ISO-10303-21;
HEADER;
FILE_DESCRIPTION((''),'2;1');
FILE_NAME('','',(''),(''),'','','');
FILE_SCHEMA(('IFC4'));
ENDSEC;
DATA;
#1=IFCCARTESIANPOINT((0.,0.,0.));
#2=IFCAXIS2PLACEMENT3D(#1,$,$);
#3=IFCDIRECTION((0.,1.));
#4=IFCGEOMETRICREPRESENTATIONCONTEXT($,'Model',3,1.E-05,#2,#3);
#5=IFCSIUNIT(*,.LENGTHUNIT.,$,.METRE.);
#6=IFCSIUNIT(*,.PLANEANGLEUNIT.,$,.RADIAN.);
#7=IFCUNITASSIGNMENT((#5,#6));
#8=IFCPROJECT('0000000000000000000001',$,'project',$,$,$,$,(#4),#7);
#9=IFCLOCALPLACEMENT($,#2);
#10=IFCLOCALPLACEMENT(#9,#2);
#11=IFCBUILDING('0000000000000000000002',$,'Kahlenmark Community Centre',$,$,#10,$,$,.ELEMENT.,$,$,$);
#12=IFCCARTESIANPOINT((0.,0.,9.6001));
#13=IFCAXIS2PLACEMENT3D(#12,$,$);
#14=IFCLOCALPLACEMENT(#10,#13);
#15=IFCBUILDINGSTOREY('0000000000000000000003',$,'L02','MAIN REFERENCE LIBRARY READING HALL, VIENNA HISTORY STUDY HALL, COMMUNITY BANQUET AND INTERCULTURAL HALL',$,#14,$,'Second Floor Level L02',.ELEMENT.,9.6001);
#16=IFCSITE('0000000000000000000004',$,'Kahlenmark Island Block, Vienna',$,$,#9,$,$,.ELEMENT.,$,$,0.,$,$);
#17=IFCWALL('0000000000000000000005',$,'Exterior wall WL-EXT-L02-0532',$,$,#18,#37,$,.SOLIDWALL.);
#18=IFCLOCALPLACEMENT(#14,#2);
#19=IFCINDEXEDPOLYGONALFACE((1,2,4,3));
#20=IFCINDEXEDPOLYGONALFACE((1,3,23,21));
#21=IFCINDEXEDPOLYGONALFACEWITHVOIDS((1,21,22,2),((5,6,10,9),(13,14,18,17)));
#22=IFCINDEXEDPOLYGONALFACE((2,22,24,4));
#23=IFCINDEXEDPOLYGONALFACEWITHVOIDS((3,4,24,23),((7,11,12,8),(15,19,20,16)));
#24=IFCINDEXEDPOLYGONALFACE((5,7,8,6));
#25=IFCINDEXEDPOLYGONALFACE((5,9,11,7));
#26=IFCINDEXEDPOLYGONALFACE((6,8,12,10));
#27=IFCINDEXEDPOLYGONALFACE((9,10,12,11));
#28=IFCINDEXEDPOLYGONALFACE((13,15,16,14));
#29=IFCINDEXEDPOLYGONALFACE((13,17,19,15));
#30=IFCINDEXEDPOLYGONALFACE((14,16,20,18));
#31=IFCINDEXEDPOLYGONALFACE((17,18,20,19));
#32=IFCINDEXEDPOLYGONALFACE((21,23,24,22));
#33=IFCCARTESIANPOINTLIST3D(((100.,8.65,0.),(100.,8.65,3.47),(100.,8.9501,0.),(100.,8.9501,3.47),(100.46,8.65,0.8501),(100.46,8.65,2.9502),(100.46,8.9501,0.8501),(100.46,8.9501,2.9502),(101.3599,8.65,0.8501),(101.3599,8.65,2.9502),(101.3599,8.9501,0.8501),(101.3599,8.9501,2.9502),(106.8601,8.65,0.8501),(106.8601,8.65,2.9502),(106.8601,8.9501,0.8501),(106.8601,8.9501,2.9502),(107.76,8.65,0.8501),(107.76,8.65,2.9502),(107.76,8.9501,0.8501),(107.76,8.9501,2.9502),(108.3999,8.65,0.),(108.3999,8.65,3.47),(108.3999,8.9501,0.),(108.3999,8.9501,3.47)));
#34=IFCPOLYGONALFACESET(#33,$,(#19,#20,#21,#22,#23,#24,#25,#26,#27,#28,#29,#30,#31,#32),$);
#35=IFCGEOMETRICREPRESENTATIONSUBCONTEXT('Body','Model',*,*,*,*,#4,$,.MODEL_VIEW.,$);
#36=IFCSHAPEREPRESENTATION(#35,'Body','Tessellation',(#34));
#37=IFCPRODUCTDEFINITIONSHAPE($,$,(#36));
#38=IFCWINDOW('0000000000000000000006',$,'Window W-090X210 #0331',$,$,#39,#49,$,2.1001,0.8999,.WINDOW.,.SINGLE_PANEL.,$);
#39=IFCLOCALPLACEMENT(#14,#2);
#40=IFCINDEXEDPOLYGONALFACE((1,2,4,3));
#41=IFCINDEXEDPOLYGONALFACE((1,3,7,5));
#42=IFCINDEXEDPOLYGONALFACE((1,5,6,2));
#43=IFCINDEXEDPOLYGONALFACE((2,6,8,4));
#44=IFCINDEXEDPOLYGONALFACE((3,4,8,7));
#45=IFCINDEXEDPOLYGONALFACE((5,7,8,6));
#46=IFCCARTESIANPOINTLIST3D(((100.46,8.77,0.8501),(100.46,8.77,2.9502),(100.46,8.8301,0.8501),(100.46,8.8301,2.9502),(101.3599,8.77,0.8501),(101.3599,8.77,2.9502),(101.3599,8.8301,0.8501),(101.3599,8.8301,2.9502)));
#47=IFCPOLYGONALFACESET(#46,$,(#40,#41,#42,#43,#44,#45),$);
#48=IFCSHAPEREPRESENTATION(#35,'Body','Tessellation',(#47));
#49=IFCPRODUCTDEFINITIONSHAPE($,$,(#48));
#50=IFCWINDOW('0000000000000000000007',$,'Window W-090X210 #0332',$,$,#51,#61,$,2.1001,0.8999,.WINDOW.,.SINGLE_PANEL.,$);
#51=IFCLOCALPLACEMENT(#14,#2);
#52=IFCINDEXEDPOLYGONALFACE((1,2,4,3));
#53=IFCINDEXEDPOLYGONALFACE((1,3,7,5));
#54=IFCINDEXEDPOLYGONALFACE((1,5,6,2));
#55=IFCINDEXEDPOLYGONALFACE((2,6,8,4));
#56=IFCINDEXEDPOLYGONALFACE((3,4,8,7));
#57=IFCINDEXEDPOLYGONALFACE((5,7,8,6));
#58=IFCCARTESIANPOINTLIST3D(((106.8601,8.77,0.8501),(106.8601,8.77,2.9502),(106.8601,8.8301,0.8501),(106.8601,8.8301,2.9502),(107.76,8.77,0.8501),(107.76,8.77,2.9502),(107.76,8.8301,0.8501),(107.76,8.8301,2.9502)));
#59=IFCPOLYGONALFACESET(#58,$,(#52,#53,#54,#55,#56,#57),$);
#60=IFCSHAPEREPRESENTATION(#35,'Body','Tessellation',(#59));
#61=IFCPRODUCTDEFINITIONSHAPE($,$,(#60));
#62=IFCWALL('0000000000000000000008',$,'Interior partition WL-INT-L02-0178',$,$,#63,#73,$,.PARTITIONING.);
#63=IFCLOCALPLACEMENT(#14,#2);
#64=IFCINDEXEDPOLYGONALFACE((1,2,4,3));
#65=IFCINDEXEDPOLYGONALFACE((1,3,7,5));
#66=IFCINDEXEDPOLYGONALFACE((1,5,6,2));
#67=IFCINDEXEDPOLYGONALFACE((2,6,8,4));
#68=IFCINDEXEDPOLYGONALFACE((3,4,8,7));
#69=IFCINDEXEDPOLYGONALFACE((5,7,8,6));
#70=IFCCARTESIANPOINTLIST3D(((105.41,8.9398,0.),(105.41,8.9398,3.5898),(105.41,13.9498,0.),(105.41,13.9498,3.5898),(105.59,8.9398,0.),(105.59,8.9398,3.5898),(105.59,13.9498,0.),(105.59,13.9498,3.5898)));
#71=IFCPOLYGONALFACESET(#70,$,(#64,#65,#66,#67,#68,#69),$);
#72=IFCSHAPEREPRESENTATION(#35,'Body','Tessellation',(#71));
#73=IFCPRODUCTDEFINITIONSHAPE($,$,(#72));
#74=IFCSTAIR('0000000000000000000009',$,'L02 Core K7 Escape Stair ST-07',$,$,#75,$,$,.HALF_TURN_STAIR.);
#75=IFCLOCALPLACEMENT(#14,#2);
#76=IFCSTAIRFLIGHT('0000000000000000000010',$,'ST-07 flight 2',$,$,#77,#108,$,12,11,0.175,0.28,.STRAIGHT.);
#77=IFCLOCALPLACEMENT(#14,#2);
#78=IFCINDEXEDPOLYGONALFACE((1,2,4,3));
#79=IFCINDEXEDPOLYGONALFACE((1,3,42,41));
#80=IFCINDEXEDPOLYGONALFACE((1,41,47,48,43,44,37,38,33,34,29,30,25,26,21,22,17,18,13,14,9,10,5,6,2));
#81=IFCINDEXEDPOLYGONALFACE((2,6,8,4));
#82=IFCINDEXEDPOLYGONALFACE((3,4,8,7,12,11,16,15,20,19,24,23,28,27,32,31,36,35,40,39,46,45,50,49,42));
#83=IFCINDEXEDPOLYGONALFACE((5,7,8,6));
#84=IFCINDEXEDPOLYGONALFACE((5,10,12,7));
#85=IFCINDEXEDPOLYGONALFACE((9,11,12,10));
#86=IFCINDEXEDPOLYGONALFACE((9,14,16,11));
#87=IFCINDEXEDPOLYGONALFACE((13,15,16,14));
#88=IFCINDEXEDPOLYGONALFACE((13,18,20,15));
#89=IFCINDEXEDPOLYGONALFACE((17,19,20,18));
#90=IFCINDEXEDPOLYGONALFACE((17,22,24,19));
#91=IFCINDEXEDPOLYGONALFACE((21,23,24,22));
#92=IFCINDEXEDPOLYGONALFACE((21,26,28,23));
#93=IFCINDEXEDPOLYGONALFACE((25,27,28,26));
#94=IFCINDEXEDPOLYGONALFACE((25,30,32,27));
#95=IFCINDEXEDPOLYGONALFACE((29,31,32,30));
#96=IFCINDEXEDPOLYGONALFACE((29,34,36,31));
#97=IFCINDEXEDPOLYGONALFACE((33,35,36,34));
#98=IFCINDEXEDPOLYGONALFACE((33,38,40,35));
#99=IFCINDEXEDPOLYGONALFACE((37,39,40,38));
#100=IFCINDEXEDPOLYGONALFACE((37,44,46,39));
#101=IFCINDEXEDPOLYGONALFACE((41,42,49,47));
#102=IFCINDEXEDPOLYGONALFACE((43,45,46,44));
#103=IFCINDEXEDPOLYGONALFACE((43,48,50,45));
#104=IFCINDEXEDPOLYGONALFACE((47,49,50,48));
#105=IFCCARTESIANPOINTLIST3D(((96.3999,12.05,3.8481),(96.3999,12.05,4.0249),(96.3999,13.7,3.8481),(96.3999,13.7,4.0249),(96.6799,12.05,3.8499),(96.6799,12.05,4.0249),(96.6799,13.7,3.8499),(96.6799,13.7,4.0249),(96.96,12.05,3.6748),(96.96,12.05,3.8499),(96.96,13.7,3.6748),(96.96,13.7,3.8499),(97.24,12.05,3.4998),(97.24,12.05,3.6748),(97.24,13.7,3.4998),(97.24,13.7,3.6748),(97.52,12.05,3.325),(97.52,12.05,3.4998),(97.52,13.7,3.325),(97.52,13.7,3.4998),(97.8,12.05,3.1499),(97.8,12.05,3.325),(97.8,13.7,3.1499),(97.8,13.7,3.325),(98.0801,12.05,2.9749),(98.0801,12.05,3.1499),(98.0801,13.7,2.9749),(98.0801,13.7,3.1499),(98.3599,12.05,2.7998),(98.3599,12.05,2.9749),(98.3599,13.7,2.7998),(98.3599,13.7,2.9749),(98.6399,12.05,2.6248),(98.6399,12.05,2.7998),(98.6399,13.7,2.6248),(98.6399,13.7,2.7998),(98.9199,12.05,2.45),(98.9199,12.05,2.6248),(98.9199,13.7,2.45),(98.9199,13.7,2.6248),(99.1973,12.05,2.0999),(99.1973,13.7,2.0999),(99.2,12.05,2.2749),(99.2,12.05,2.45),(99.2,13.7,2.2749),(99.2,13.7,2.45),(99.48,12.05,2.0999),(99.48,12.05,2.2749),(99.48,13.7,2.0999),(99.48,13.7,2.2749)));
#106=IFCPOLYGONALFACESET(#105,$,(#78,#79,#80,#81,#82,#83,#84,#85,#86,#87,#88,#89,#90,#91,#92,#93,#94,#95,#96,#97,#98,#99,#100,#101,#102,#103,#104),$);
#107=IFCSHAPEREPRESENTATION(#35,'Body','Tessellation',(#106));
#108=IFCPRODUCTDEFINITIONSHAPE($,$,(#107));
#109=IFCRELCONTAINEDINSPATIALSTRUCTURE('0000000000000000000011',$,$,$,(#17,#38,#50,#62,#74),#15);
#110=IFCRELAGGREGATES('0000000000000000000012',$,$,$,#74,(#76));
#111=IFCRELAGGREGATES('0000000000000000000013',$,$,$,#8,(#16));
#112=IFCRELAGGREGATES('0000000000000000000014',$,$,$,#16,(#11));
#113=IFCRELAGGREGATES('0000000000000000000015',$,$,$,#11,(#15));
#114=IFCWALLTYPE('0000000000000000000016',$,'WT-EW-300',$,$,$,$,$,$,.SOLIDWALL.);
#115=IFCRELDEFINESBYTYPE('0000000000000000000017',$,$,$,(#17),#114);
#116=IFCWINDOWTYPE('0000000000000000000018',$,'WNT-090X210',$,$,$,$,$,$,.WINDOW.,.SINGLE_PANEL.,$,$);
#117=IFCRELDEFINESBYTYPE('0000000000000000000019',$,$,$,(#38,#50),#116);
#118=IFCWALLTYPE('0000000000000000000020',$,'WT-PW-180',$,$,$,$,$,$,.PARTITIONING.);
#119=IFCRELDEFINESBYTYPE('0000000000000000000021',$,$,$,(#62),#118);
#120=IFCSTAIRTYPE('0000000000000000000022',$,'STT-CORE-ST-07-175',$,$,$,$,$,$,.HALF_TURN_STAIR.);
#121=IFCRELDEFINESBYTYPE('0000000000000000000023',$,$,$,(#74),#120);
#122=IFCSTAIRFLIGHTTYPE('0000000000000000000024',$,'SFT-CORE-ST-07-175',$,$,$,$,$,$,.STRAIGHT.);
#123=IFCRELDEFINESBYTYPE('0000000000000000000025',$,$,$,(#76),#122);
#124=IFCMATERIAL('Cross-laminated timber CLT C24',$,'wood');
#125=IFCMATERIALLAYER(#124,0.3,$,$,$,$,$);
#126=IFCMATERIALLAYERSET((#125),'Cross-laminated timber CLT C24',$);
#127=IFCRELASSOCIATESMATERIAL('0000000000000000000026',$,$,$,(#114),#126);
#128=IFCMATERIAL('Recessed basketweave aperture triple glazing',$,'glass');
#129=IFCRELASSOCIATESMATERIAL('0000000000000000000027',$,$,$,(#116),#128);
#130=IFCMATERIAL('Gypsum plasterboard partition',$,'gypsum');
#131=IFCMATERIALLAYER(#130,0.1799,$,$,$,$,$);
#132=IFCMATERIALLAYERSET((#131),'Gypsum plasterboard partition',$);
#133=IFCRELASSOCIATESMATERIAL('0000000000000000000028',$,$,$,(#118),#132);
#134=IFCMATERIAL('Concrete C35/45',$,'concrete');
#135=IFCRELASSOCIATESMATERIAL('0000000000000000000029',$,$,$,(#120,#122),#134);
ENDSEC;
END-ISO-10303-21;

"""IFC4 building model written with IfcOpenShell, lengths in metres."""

from ifc_helpers import new_model, si_unit, direction, frame, frame_2d, origin, place, context, subcontext, project, spatial, polyline, rectangle, outline, extrude, material, layer, layer_set, type_object, element, fill, aggregate, save


model = new_model("IFC4")

# Units and contexts
model_context = context("Model", 3, precision=1e-05, world=origin(), true_north=direction((0.0, 1.0)))
body_context = subcontext(model_context, "Body", "Model", "MODEL_VIEW")
ifc_project = project(units=[si_unit("LENGTHUNIT", "METRE"), si_unit("PLANEANGLEUNIT", "RADIAN")], contexts=[model_context])

# Site, building, storey
site_placement = place(None, origin())
site = spatial("IfcSite", under=ifc_project, at=site_placement, Name="Kahlenmark Island Block, Vienna", CompositionType="ELEMENT", RefElevation=0.0)
building_placement = place(site_placement, origin())
building = spatial("IfcBuilding", under=site, at=building_placement, Name="Kahlenmark Community Centre", CompositionType="ELEMENT")
storey_placement = place(building_placement, frame((0.0, 0.0, 9.6001)))
storey = spatial("IfcBuildingStorey", under=building, at=storey_placement, Name="L02", Description="MAIN REFERENCE LIBRARY READING HALL, VIENNA HISTORY STUDY HALL, COMMUNITY BANQUET AND INTERCULTURAL HALL", LongName="Second Floor Level L02", CompositionType="ELEMENT", Elevation=9.6001)

# Shared definitions
ifc_material_1 = material(Name="Concrete C35/45", Category="concrete")

# Wall, openings, windows
ifc_material_2 = material(Name="Cross-laminated timber CLT C24", Category="wood")
ifc_layer_1 = layer(ifc_material_2, 0.3)
ifc_layer_set_1 = layer_set([ifc_layer_1], Name="Cross-laminated timber CLT C24")
wall_type_1 = type_object("IfcWallType", Name="WT-EW-300", PredefinedType="SOLIDWALL", material=ifc_layer_set_1)
wall_1_placement = place(storey_placement, frame((100.0, 8.8, 0.0), z_axis=(0.0, 0.0, 1.0), x_axis=(1.0, 0.0, 0.0)))
wall_1 = element("IfcWall", 1, at=wall_1_placement, inside=storey, type_object=wall_type_1, Name="Exterior wall WL-EXT-L02-0532", PredefinedType="SOLIDWALL", context=body_context, shape_type="SweptSolid", body=[
    extrude(rectangle(XDim=8.3999, YDim=0.3, at=frame_2d((4.2, 0.0))), origin(), (0.0, 0.0, 1.0), 3.47),
])
opening_1_placement = place(wall_1_placement, frame((0.46, 0.0, 0.8501)))
opening_1 = element("IfcOpeningElement", 2, at=opening_1_placement, cuts=wall_1, PredefinedType="OPENING", context=body_context, shape_type="SweptSolid", body=[
    extrude(rectangle(XDim=0.8999, YDim=2.1001, at=frame_2d((0.45, 1.05))), frame((0.0, 0.1599, 0.0), z_axis=(0.0, -1.0, 0.0), x_axis=(1.0, 0.0, 0.0)), (0.0, 0.0, 1.0), 0.3201),
])
opening_2_placement = place(wall_1_placement, frame((6.8601, 0.0, 0.8501)))
opening_2 = element("IfcOpeningElement", 3, at=opening_2_placement, cuts=wall_1, PredefinedType="OPENING", context=body_context, shape_type="SweptSolid", body=[
    extrude(rectangle(XDim=0.8999, YDim=2.1001, at=frame_2d((0.45, 1.05))), frame((0.0, 0.1599, 0.0), z_axis=(0.0, -1.0, 0.0), x_axis=(1.0, 0.0, 0.0)), (0.0, 0.0, 1.0), 0.3201),
])
ifc_material_3 = material(Name="Recessed basketweave aperture triple glazing", Category="glass")
window_type = type_object("IfcWindowType", Name="WNT-090X210", PartitioningType="SINGLE_PANEL", PredefinedType="WINDOW", material=ifc_material_3)
window_1_placement = place(opening_1_placement, origin())
window_1 = element("IfcWindow", 4, at=window_1_placement, inside=storey, type_object=window_type, Name="Window W-090X210 #0331", OverallHeight=2.1001, OverallWidth=0.8999, PartitioningType="SINGLE_PANEL", PredefinedType="WINDOW", context=body_context, shape_type="SweptSolid", body=[
    extrude(rectangle(XDim=0.8999, YDim=2.1001, at=frame_2d((0.45, 1.05))), frame((0.0, 0.03, 0.0), z_axis=(0.0, -1.0, 0.0), x_axis=(1.0, 0.0, 0.0)), (0.0, 0.0, 1.0), 0.0601),
])
fill(opening_1, window_1)
window_2_placement = place(opening_2_placement, origin())
window_2 = element("IfcWindow", 5, at=window_2_placement, inside=storey, type_object=window_type, Name="Window W-090X210 #0332", OverallHeight=2.1001, OverallWidth=0.8999, PartitioningType="SINGLE_PANEL", PredefinedType="WINDOW", context=body_context, shape_type="SweptSolid", body=[
    extrude(rectangle(XDim=0.8999, YDim=2.1001, at=frame_2d((0.45, 1.05))), frame((0.0, 0.03, 0.0), z_axis=(0.0, -1.0, 0.0), x_axis=(1.0, 0.0, 0.0)), (0.0, 0.0, 1.0), 0.0601),
])
fill(opening_2, window_2)

# Wall
ifc_material_4 = material(Name="Gypsum plasterboard partition", Category="gypsum")
ifc_layer_2 = layer(ifc_material_4, 0.1799)
ifc_layer_set_2 = layer_set([ifc_layer_2], Name="Gypsum plasterboard partition")
wall_type_2 = type_object("IfcWallType", Name="WT-PW-180", PredefinedType="PARTITIONING", material=ifc_layer_set_2)
wall_2_placement = place(storey_placement, frame((105.5, 8.9399, 0.0), z_axis=(0.0, 0.0, 1.0), x_axis=(0.0, 1.0, 0.0)))
element("IfcWall", 6, at=wall_2_placement, inside=storey, type_object=wall_type_2, Name="Interior partition WL-INT-L02-0178", PredefinedType="PARTITIONING", context=body_context, shape_type="SweptSolid", body=[
    extrude(rectangle(XDim=5.01, YDim=0.1799, at=frame_2d((2.5049, 0.0))), origin(), (0.0, 0.0, 1.0), 3.5898),
])

# Stair, stair flight
stair_type = type_object("IfcStairType", Name="STT-CORE-ST-07-175", PredefinedType="HALF_TURN_STAIR", material=ifc_material_1)
stair_placement = place(storey_placement, origin())
stair = element("IfcStair", 7, at=stair_placement, inside=storey, type_object=stair_type, Name="L02 Core K7 Escape Stair ST-07", PredefinedType="HALF_TURN_STAIR")
stair_flight_type = type_object("IfcStairFlightType", Name="SFT-CORE-ST-07-175", PredefinedType="STRAIGHT", material=ifc_material_1)
stair_flight_placement = place(storey_placement, frame((99.48, 12.875, 2.0999), z_axis=(0.0, 0.0, 1.0), x_axis=(-1.0, 0.0, 0.0)))
stair_flight = element("IfcStairFlight", 8, at=stair_flight_placement, type_object=stair_flight_type, Name="ST-07 flight 2", NumberOfRisers=12, NumberOfTreads=11, PredefinedType="STRAIGHT", RiserHeight=0.175, TreadLength=0.28, context=body_context, shape_type="SweptSolid", body=[
    extrude(outline(polyline([(0.0, 0.0), (0.0, 0.175), (0.28, 0.175), (0.28, 0.3501), (0.5601, 0.3501), (0.5601, 0.5249), (0.8401, 0.5249), (0.8401, 0.7), (1.1201, 0.7), (1.1201, 0.875), (1.3999, 0.875), (1.3999, 1.05), (1.6799, 1.05), (1.6799, 1.2251), (1.96, 1.2251), (1.96, 1.3999), (2.24, 1.3999), (2.24, 1.575), (2.52, 1.575), (2.52, 1.75), (2.8, 1.75), (2.8, 1.925), (3.0801, 1.925), (3.0801, 2.1001), (3.0801, 1.7483), (0.2827, 0.0), (0.0, 0.0)])), frame((0.0, 0.825, 0.0), z_axis=(0.0, -1.0, 0.0), x_axis=(1.0, 0.0, 0.0)), (0.0, 0.0, 1.0), 1.6499),
])
aggregate(stair, [stair_flight])

save(model, "model.ifc")
